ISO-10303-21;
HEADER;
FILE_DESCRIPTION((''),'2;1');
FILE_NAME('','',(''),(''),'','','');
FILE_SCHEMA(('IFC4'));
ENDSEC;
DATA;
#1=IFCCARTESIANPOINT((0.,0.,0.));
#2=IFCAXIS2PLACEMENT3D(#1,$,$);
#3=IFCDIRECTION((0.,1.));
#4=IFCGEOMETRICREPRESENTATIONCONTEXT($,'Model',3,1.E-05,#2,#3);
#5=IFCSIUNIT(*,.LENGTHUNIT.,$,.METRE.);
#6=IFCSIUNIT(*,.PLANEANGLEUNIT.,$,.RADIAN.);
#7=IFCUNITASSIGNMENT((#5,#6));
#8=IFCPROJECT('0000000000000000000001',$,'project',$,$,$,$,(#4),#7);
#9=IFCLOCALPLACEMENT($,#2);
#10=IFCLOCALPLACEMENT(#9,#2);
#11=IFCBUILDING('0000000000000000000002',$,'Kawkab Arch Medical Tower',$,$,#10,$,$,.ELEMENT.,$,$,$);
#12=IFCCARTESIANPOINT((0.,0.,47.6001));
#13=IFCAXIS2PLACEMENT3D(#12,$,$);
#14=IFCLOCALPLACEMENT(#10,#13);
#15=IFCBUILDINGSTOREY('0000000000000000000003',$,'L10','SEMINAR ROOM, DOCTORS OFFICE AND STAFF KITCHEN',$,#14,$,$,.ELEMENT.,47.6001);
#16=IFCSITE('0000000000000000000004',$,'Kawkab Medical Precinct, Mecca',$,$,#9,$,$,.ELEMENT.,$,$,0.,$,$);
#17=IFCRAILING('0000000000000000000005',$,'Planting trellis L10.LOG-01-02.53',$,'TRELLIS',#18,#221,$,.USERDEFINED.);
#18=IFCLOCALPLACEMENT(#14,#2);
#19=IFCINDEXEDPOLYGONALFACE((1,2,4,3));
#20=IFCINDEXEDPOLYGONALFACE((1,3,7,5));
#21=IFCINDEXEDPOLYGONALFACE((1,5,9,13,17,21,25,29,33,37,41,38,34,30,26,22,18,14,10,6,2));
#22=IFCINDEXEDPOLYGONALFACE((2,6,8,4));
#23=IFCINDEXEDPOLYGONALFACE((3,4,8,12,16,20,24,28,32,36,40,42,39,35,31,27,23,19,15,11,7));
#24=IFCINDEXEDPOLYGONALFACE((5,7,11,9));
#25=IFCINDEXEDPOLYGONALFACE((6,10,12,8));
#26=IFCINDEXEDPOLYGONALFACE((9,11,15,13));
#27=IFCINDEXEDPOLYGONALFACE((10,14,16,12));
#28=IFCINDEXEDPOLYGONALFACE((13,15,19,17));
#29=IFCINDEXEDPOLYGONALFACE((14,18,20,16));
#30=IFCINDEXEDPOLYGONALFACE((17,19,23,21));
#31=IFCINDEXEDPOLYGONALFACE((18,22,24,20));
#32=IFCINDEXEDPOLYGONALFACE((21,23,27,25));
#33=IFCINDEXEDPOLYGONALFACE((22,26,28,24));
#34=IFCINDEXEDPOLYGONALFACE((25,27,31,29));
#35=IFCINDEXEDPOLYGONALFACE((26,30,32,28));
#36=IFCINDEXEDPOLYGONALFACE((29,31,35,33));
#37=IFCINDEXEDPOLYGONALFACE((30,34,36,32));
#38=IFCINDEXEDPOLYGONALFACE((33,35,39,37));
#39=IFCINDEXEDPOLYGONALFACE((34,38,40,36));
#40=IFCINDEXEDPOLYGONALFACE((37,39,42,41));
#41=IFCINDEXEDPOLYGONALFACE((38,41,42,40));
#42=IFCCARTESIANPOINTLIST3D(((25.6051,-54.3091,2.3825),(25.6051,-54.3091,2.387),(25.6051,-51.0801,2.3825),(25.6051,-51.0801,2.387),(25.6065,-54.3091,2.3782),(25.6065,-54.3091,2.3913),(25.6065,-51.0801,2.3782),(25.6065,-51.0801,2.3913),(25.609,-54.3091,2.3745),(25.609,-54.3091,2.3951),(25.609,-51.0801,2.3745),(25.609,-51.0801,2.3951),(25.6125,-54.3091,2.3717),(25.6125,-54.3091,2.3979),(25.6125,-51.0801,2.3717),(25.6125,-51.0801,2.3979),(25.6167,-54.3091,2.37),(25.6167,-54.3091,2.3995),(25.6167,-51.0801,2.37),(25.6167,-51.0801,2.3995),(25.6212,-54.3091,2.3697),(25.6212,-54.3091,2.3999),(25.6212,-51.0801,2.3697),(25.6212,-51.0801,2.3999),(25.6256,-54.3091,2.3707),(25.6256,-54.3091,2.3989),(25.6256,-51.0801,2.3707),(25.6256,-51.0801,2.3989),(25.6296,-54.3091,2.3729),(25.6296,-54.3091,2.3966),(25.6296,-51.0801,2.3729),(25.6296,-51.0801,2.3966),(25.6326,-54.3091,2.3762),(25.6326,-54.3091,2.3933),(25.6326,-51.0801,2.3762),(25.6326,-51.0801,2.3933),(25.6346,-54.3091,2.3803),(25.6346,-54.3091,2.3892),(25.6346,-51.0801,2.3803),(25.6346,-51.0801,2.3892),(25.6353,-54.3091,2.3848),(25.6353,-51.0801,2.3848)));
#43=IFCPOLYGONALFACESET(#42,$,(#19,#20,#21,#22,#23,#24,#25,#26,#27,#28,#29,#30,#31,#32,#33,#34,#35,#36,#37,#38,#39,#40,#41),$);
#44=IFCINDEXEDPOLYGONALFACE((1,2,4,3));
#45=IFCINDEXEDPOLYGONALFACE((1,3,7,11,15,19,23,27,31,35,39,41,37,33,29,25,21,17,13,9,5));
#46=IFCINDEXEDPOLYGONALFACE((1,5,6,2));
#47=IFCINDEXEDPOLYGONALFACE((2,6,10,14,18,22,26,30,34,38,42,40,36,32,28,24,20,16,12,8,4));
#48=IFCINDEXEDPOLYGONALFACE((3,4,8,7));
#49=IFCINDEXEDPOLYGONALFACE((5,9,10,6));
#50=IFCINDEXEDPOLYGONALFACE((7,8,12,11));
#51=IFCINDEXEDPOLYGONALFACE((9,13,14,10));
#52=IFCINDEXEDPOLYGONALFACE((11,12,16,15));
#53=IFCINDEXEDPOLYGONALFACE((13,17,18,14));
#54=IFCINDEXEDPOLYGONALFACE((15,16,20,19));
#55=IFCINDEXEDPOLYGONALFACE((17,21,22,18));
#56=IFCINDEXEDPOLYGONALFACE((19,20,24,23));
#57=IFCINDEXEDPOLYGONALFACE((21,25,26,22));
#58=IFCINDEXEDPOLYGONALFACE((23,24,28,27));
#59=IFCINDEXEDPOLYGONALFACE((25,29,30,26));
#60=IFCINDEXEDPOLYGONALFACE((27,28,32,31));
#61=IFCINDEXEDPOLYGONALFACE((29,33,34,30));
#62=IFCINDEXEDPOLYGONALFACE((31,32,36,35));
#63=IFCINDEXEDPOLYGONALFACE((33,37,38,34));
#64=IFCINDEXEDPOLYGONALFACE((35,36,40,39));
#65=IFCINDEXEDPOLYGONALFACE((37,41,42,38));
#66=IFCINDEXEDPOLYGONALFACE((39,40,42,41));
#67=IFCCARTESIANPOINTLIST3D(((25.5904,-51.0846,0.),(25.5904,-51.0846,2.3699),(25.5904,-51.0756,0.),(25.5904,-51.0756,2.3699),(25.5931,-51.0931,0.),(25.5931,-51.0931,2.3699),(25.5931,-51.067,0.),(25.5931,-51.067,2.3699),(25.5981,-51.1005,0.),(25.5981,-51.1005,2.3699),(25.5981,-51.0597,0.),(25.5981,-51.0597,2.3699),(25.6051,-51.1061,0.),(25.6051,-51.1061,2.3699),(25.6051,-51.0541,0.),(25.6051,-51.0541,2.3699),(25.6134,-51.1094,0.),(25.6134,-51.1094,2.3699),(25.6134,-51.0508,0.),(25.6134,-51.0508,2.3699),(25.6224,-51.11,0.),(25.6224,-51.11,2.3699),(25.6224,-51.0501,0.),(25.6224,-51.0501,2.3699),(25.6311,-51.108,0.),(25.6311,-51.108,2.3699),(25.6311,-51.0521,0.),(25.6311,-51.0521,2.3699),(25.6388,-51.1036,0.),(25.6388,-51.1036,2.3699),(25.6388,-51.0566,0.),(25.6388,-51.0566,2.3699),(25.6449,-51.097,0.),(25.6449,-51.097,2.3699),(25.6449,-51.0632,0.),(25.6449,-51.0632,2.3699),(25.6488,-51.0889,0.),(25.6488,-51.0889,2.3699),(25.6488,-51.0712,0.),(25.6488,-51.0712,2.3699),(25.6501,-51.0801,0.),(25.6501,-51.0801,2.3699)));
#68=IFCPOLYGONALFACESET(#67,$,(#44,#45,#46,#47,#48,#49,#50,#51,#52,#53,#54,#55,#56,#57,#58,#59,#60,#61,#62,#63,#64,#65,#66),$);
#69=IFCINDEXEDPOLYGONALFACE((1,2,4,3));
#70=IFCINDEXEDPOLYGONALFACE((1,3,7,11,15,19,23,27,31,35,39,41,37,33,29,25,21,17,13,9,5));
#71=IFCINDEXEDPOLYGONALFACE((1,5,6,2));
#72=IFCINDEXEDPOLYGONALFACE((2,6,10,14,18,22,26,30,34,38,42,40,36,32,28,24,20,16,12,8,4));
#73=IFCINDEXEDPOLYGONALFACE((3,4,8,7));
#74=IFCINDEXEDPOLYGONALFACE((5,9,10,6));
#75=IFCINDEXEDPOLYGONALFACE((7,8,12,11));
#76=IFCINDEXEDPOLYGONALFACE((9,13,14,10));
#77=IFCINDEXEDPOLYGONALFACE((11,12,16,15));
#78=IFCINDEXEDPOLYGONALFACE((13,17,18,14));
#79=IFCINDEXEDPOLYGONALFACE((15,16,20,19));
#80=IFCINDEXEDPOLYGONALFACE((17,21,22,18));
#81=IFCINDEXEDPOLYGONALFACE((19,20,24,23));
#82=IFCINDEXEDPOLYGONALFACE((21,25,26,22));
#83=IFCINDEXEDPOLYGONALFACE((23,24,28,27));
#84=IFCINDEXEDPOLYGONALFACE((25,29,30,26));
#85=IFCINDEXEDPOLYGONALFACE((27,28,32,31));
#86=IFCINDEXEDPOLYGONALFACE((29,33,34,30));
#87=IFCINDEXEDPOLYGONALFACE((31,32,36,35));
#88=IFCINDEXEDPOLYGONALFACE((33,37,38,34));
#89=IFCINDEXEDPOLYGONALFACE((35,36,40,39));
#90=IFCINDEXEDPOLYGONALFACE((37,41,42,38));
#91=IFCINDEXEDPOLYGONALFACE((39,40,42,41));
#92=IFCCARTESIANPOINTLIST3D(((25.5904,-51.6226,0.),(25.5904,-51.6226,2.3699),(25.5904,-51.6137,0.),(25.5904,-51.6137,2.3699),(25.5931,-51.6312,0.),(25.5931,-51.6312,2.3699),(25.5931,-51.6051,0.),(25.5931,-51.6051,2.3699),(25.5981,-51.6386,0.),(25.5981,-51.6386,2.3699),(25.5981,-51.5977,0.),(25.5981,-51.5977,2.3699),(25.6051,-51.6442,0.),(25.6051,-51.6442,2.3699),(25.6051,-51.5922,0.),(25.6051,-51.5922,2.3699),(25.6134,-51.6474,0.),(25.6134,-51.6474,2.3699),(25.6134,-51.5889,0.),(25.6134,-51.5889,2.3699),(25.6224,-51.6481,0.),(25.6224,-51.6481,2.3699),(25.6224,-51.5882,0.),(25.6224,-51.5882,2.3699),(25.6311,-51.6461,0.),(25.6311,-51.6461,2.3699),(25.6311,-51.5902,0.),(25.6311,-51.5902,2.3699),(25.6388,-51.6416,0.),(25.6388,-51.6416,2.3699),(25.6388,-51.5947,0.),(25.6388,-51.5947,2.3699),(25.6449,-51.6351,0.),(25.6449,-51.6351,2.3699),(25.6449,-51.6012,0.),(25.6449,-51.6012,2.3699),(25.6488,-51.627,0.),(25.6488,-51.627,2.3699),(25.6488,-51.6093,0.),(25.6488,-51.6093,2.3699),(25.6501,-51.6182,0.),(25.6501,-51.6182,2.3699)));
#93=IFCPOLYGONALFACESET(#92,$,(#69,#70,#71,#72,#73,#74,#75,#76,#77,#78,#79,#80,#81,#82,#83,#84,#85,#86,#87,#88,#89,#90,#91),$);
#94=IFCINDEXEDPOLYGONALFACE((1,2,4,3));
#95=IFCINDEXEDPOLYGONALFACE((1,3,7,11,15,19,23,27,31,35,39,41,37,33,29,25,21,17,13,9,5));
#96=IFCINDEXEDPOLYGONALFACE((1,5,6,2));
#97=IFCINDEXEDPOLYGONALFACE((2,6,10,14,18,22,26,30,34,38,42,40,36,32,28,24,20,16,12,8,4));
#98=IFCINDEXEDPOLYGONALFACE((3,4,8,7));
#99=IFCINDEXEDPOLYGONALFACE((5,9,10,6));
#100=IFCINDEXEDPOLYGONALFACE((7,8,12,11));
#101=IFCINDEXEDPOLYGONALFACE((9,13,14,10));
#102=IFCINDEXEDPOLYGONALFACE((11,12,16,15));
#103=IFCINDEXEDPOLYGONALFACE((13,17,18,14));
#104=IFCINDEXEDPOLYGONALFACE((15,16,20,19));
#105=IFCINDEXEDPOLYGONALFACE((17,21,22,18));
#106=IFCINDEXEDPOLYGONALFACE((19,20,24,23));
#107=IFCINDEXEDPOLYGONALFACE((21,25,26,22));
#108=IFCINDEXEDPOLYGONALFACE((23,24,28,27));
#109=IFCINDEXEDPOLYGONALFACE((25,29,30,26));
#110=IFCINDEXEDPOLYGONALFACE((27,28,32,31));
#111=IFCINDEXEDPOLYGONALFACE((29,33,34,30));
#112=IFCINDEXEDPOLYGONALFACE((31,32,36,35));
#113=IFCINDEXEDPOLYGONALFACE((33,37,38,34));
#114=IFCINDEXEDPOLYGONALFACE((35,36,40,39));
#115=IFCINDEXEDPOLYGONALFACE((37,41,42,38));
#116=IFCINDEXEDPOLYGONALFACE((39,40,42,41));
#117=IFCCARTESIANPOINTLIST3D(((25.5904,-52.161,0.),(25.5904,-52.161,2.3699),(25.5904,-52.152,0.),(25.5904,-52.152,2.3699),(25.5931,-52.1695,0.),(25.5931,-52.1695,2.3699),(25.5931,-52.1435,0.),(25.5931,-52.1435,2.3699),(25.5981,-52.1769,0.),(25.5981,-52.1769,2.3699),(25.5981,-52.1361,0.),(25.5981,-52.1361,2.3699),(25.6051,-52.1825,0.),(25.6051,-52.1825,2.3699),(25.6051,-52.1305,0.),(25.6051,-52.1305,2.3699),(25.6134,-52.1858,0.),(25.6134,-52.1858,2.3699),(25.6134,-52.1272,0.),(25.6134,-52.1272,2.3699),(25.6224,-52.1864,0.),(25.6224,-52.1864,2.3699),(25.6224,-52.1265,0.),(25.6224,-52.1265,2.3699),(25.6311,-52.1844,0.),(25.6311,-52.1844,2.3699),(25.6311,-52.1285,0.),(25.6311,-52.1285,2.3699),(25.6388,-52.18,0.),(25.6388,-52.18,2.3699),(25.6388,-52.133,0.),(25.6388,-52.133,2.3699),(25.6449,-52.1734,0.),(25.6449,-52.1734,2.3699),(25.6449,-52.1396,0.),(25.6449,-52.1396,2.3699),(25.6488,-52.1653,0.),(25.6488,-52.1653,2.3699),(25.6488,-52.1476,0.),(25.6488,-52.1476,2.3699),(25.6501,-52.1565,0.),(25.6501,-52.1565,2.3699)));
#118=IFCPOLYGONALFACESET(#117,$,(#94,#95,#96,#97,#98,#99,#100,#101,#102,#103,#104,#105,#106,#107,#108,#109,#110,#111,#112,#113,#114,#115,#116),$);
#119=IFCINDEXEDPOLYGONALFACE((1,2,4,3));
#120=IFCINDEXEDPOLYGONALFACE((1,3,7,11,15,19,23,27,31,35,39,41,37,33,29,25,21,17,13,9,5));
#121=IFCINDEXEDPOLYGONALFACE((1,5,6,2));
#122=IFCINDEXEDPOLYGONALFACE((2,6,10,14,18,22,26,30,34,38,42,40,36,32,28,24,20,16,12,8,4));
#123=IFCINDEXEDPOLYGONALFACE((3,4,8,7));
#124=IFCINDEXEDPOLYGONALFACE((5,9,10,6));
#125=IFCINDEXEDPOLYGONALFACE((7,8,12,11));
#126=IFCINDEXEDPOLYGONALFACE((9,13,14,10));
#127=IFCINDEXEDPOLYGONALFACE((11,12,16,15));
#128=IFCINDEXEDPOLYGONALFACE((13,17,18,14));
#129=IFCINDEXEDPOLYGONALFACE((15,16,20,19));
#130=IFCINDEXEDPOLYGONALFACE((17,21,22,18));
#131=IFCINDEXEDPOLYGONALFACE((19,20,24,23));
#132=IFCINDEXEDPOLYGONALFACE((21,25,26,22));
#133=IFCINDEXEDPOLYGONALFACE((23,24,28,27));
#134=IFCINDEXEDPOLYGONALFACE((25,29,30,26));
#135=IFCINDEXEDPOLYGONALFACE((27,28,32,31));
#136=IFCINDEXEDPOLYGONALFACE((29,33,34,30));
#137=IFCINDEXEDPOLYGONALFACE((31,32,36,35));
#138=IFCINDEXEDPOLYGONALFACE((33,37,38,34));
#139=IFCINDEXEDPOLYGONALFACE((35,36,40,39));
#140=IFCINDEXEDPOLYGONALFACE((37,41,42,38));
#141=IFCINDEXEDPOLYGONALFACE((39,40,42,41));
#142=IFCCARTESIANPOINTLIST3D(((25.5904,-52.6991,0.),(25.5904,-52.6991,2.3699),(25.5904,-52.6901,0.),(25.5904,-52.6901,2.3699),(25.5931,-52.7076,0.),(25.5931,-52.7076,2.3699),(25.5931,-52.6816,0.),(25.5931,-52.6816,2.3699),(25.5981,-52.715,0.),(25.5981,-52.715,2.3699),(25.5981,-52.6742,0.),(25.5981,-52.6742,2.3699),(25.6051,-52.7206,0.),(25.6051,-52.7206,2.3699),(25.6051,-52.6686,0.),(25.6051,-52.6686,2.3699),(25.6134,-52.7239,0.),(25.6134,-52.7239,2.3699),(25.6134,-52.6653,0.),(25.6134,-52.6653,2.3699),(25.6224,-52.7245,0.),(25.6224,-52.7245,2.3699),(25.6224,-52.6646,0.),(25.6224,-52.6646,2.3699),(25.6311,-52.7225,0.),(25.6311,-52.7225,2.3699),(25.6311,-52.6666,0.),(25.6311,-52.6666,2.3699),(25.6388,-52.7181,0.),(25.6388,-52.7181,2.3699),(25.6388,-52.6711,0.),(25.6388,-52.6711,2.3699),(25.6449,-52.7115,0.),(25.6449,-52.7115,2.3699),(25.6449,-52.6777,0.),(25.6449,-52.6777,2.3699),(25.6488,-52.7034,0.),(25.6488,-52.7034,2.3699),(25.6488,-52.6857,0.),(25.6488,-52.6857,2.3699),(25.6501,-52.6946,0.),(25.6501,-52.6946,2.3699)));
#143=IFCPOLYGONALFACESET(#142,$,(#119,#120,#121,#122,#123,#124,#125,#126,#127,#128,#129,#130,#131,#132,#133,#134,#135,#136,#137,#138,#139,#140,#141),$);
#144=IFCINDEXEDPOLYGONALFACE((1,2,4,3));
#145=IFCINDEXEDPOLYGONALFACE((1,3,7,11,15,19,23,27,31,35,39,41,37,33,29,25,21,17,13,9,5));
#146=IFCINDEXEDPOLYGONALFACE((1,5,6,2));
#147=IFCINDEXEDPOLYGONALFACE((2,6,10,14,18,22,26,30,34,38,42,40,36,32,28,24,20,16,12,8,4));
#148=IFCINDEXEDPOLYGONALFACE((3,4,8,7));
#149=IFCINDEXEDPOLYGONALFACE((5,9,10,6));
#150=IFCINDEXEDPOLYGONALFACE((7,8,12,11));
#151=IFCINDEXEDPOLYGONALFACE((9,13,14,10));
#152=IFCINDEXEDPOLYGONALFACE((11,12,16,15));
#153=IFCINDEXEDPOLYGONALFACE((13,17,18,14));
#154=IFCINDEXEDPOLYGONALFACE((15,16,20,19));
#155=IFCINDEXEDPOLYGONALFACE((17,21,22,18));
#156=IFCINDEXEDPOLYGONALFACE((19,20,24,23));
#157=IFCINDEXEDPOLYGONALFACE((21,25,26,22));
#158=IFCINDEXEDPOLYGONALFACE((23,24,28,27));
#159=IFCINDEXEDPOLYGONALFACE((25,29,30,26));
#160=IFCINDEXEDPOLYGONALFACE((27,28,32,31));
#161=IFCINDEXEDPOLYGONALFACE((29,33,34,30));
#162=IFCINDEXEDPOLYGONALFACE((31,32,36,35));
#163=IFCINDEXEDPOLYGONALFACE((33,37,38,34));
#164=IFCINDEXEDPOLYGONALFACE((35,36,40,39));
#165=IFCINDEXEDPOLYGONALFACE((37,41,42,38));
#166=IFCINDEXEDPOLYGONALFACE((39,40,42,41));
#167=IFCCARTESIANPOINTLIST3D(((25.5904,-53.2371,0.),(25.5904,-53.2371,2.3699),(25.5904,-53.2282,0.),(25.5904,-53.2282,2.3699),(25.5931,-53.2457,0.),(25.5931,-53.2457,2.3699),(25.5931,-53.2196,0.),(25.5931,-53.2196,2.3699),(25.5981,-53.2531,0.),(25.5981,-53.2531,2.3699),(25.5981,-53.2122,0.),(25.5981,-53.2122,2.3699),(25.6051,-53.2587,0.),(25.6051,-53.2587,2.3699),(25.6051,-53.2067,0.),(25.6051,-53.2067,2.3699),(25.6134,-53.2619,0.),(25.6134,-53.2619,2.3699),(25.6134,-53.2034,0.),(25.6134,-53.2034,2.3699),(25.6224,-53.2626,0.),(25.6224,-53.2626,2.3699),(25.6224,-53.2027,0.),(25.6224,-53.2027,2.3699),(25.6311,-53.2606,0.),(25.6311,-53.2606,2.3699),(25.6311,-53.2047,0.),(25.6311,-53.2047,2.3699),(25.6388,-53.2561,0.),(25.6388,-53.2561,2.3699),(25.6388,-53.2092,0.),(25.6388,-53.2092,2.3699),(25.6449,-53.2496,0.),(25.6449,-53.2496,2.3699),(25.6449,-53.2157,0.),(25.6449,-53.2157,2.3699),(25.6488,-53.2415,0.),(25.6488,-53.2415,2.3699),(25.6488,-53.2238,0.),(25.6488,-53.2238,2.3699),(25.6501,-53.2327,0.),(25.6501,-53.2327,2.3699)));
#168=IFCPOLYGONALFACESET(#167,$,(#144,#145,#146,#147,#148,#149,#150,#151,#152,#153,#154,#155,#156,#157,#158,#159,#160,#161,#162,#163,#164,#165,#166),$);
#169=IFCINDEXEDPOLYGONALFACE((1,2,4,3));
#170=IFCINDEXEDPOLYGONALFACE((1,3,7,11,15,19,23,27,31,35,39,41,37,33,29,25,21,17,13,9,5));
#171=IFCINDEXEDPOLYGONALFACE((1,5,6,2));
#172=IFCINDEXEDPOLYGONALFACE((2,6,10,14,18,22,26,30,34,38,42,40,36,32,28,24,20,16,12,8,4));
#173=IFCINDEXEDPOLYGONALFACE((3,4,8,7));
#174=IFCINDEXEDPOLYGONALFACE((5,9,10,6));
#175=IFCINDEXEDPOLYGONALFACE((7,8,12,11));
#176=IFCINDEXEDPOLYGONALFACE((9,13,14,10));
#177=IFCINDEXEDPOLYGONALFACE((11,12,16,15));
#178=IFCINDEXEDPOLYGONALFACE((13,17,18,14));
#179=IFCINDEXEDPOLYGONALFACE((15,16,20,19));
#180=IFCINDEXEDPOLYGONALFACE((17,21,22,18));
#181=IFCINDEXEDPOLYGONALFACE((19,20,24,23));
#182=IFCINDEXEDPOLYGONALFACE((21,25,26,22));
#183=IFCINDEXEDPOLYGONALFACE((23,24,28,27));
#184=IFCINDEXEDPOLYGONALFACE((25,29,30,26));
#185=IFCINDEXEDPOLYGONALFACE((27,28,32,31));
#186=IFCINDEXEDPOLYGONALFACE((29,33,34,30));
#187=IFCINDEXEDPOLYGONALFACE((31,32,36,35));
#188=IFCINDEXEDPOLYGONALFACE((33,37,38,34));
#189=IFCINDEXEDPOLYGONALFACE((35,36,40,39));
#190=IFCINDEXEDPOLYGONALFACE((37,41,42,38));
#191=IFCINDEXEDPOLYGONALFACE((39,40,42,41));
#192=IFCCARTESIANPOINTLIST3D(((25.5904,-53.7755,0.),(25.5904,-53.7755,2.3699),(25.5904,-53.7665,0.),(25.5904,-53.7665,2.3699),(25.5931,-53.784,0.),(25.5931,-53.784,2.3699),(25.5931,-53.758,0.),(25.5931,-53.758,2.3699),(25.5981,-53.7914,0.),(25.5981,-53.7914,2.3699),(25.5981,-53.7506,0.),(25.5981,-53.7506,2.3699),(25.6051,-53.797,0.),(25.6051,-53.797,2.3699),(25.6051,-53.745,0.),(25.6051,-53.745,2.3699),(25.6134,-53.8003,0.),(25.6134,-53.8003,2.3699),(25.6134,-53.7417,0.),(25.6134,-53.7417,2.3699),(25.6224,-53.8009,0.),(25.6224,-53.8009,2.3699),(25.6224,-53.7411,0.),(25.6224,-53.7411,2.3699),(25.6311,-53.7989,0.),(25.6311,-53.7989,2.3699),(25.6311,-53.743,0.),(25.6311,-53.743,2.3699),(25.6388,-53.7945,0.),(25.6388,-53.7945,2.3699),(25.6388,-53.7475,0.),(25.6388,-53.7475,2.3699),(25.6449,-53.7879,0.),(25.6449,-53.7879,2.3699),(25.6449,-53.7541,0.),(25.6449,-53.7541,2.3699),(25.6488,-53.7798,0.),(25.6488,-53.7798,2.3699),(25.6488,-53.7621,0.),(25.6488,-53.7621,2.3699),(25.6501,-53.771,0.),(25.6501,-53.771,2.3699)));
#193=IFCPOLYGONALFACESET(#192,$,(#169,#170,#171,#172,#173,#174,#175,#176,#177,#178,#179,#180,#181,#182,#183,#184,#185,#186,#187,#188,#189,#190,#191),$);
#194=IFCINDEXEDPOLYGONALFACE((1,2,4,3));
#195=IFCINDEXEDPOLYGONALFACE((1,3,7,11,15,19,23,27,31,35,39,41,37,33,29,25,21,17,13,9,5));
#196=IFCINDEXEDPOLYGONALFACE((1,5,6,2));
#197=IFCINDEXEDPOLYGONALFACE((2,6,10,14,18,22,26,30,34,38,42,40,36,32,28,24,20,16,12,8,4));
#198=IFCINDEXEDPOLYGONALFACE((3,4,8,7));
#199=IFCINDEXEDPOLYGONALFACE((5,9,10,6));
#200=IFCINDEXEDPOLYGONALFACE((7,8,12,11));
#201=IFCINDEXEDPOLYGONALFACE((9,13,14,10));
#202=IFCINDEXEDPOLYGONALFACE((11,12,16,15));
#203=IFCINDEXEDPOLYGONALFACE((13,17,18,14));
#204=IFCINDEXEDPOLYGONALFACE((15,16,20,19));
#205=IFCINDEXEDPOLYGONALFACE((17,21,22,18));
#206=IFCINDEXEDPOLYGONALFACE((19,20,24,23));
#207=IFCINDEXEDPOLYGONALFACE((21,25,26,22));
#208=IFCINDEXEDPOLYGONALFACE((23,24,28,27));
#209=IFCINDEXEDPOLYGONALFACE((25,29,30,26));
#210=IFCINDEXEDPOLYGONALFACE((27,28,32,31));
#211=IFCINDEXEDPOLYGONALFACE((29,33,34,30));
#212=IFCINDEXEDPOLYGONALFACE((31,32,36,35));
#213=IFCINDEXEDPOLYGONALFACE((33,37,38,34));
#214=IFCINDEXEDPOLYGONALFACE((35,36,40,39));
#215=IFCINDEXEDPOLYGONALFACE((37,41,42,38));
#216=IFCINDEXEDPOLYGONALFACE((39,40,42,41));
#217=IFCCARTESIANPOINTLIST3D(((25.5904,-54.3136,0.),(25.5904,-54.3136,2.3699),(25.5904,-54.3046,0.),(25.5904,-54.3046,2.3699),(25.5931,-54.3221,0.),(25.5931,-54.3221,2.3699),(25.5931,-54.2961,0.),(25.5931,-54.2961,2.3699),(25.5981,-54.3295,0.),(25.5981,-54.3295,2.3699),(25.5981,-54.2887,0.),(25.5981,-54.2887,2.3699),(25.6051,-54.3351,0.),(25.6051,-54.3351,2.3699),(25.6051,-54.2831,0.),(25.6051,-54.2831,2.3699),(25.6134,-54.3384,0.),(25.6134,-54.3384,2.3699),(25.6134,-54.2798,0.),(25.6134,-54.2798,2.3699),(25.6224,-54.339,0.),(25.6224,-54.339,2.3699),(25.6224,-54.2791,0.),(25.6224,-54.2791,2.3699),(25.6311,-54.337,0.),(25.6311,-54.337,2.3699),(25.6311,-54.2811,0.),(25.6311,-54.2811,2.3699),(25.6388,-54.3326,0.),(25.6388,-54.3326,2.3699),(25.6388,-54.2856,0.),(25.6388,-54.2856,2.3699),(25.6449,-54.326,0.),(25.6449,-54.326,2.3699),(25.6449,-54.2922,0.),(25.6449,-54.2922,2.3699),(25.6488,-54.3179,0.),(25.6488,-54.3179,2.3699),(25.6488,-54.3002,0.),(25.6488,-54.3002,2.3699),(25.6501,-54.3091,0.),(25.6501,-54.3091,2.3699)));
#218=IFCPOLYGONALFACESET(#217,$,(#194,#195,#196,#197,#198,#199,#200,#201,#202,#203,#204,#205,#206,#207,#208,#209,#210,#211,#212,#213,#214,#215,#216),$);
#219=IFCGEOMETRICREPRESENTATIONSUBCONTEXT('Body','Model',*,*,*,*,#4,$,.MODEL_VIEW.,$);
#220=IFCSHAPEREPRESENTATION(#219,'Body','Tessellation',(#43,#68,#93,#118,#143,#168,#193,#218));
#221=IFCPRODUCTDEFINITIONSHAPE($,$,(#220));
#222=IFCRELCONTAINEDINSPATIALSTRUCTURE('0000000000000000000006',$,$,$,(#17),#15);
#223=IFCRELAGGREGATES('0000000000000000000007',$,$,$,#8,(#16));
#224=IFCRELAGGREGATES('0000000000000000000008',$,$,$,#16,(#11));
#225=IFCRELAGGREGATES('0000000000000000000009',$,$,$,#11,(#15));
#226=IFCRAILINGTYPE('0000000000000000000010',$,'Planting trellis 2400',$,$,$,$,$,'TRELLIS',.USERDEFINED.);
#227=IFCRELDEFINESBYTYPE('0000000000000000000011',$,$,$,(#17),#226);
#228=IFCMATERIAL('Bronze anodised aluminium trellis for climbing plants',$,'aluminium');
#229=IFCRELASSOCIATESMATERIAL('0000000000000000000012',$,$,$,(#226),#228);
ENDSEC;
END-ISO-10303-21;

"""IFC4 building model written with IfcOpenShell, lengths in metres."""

from ifc_helpers import new_model, si_unit, direction, frame, origin, origin_2d, place, context, subcontext, project, spatial, circle, extrude, material, type_object, element, save


model = new_model("IFC4")

# Units and contexts
model_context = context("Model", 3, precision=1e-05, world=origin(), true_north=direction((0.0, 1.0)))
body_context = subcontext(model_context, "Body", "Model", "MODEL_VIEW")
ifc_project = project(units=[si_unit("LENGTHUNIT", "METRE"), si_unit("PLANEANGLEUNIT", "RADIAN")], contexts=[model_context])

# Site, building, storey
site_placement = place(None, origin())
site = spatial("IfcSite", under=ifc_project, at=site_placement, Name="Kawkab Medical Precinct, Mecca", CompositionType="ELEMENT", RefElevation=0.0)
building_placement = place(site_placement, origin())
building = spatial("IfcBuilding", under=site, at=building_placement, Name="Kawkab Arch Medical Tower", CompositionType="ELEMENT")
storey_placement = place(building_placement, frame((0.0, 0.0, 47.6001)))
storey = spatial("IfcBuildingStorey", under=building, at=storey_placement, Name="L10", Description="SEMINAR ROOM, DOCTORS OFFICE AND STAFF KITCHEN", CompositionType="ELEMENT", Elevation=47.6001)

# Railing
ifc_material_1 = material(Name="Bronze anodised aluminium trellis for climbing plants", Category="aluminium")
railing_type = type_object("IfcRailingType", Name="Planting trellis 2400", ElementType="TRELLIS", PredefinedType="USERDEFINED", material=ifc_material_1)
railing_1_placement = place(storey_placement, frame((25.6201, -51.0801, 0.0)))
element("IfcRailing", 1, at=railing_1_placement, inside=storey, type_object=railing_type, Name="Planting trellis L10.LOG-01-02.53", ObjectType="TRELLIS", PredefinedType="USERDEFINED", context=body_context, shape_type="SweptSolid", body=[
    extrude(circle(Radius=0.0151, at=origin_2d()), frame((0.0, 0.0, 2.3848), z_axis=(0.0, -1.0, 0.0), x_axis=(1.0, 0.0, 0.0)), (0.0, 0.0, 1.0), 3.229),
    extrude(circle(Radius=0.03, at=origin_2d()), origin(), (0.0, 0.0, 1.0), 2.3699),
    extrude(circle(Radius=0.03, at=origin_2d()), frame((0.0, -0.5381, 0.0)), (0.0, 0.0, 1.0), 2.3699),
    extrude(circle(Radius=0.03, at=origin_2d()), frame((0.0, -1.0764, 0.0)), (0.0, 0.0, 1.0), 2.3699),
    extrude(circle(Radius=0.03, at=origin_2d()), frame((0.0, -1.6145, 0.0)), (0.0, 0.0, 1.0), 2.3699),
    extrude(circle(Radius=0.03, at=origin_2d()), frame((0.0, -2.1526, 0.0)), (0.0, 0.0, 1.0), 2.3699),
    extrude(circle(Radius=0.03, at=origin_2d()), frame((0.0, -2.6909, 0.0)), (0.0, 0.0, 1.0), 2.3699),
    extrude(circle(Radius=0.03, at=origin_2d()), frame((0.0, -3.229, 0.0)), (0.0, 0.0, 1.0), 2.3699),
])

save(model, "model.ifc")
